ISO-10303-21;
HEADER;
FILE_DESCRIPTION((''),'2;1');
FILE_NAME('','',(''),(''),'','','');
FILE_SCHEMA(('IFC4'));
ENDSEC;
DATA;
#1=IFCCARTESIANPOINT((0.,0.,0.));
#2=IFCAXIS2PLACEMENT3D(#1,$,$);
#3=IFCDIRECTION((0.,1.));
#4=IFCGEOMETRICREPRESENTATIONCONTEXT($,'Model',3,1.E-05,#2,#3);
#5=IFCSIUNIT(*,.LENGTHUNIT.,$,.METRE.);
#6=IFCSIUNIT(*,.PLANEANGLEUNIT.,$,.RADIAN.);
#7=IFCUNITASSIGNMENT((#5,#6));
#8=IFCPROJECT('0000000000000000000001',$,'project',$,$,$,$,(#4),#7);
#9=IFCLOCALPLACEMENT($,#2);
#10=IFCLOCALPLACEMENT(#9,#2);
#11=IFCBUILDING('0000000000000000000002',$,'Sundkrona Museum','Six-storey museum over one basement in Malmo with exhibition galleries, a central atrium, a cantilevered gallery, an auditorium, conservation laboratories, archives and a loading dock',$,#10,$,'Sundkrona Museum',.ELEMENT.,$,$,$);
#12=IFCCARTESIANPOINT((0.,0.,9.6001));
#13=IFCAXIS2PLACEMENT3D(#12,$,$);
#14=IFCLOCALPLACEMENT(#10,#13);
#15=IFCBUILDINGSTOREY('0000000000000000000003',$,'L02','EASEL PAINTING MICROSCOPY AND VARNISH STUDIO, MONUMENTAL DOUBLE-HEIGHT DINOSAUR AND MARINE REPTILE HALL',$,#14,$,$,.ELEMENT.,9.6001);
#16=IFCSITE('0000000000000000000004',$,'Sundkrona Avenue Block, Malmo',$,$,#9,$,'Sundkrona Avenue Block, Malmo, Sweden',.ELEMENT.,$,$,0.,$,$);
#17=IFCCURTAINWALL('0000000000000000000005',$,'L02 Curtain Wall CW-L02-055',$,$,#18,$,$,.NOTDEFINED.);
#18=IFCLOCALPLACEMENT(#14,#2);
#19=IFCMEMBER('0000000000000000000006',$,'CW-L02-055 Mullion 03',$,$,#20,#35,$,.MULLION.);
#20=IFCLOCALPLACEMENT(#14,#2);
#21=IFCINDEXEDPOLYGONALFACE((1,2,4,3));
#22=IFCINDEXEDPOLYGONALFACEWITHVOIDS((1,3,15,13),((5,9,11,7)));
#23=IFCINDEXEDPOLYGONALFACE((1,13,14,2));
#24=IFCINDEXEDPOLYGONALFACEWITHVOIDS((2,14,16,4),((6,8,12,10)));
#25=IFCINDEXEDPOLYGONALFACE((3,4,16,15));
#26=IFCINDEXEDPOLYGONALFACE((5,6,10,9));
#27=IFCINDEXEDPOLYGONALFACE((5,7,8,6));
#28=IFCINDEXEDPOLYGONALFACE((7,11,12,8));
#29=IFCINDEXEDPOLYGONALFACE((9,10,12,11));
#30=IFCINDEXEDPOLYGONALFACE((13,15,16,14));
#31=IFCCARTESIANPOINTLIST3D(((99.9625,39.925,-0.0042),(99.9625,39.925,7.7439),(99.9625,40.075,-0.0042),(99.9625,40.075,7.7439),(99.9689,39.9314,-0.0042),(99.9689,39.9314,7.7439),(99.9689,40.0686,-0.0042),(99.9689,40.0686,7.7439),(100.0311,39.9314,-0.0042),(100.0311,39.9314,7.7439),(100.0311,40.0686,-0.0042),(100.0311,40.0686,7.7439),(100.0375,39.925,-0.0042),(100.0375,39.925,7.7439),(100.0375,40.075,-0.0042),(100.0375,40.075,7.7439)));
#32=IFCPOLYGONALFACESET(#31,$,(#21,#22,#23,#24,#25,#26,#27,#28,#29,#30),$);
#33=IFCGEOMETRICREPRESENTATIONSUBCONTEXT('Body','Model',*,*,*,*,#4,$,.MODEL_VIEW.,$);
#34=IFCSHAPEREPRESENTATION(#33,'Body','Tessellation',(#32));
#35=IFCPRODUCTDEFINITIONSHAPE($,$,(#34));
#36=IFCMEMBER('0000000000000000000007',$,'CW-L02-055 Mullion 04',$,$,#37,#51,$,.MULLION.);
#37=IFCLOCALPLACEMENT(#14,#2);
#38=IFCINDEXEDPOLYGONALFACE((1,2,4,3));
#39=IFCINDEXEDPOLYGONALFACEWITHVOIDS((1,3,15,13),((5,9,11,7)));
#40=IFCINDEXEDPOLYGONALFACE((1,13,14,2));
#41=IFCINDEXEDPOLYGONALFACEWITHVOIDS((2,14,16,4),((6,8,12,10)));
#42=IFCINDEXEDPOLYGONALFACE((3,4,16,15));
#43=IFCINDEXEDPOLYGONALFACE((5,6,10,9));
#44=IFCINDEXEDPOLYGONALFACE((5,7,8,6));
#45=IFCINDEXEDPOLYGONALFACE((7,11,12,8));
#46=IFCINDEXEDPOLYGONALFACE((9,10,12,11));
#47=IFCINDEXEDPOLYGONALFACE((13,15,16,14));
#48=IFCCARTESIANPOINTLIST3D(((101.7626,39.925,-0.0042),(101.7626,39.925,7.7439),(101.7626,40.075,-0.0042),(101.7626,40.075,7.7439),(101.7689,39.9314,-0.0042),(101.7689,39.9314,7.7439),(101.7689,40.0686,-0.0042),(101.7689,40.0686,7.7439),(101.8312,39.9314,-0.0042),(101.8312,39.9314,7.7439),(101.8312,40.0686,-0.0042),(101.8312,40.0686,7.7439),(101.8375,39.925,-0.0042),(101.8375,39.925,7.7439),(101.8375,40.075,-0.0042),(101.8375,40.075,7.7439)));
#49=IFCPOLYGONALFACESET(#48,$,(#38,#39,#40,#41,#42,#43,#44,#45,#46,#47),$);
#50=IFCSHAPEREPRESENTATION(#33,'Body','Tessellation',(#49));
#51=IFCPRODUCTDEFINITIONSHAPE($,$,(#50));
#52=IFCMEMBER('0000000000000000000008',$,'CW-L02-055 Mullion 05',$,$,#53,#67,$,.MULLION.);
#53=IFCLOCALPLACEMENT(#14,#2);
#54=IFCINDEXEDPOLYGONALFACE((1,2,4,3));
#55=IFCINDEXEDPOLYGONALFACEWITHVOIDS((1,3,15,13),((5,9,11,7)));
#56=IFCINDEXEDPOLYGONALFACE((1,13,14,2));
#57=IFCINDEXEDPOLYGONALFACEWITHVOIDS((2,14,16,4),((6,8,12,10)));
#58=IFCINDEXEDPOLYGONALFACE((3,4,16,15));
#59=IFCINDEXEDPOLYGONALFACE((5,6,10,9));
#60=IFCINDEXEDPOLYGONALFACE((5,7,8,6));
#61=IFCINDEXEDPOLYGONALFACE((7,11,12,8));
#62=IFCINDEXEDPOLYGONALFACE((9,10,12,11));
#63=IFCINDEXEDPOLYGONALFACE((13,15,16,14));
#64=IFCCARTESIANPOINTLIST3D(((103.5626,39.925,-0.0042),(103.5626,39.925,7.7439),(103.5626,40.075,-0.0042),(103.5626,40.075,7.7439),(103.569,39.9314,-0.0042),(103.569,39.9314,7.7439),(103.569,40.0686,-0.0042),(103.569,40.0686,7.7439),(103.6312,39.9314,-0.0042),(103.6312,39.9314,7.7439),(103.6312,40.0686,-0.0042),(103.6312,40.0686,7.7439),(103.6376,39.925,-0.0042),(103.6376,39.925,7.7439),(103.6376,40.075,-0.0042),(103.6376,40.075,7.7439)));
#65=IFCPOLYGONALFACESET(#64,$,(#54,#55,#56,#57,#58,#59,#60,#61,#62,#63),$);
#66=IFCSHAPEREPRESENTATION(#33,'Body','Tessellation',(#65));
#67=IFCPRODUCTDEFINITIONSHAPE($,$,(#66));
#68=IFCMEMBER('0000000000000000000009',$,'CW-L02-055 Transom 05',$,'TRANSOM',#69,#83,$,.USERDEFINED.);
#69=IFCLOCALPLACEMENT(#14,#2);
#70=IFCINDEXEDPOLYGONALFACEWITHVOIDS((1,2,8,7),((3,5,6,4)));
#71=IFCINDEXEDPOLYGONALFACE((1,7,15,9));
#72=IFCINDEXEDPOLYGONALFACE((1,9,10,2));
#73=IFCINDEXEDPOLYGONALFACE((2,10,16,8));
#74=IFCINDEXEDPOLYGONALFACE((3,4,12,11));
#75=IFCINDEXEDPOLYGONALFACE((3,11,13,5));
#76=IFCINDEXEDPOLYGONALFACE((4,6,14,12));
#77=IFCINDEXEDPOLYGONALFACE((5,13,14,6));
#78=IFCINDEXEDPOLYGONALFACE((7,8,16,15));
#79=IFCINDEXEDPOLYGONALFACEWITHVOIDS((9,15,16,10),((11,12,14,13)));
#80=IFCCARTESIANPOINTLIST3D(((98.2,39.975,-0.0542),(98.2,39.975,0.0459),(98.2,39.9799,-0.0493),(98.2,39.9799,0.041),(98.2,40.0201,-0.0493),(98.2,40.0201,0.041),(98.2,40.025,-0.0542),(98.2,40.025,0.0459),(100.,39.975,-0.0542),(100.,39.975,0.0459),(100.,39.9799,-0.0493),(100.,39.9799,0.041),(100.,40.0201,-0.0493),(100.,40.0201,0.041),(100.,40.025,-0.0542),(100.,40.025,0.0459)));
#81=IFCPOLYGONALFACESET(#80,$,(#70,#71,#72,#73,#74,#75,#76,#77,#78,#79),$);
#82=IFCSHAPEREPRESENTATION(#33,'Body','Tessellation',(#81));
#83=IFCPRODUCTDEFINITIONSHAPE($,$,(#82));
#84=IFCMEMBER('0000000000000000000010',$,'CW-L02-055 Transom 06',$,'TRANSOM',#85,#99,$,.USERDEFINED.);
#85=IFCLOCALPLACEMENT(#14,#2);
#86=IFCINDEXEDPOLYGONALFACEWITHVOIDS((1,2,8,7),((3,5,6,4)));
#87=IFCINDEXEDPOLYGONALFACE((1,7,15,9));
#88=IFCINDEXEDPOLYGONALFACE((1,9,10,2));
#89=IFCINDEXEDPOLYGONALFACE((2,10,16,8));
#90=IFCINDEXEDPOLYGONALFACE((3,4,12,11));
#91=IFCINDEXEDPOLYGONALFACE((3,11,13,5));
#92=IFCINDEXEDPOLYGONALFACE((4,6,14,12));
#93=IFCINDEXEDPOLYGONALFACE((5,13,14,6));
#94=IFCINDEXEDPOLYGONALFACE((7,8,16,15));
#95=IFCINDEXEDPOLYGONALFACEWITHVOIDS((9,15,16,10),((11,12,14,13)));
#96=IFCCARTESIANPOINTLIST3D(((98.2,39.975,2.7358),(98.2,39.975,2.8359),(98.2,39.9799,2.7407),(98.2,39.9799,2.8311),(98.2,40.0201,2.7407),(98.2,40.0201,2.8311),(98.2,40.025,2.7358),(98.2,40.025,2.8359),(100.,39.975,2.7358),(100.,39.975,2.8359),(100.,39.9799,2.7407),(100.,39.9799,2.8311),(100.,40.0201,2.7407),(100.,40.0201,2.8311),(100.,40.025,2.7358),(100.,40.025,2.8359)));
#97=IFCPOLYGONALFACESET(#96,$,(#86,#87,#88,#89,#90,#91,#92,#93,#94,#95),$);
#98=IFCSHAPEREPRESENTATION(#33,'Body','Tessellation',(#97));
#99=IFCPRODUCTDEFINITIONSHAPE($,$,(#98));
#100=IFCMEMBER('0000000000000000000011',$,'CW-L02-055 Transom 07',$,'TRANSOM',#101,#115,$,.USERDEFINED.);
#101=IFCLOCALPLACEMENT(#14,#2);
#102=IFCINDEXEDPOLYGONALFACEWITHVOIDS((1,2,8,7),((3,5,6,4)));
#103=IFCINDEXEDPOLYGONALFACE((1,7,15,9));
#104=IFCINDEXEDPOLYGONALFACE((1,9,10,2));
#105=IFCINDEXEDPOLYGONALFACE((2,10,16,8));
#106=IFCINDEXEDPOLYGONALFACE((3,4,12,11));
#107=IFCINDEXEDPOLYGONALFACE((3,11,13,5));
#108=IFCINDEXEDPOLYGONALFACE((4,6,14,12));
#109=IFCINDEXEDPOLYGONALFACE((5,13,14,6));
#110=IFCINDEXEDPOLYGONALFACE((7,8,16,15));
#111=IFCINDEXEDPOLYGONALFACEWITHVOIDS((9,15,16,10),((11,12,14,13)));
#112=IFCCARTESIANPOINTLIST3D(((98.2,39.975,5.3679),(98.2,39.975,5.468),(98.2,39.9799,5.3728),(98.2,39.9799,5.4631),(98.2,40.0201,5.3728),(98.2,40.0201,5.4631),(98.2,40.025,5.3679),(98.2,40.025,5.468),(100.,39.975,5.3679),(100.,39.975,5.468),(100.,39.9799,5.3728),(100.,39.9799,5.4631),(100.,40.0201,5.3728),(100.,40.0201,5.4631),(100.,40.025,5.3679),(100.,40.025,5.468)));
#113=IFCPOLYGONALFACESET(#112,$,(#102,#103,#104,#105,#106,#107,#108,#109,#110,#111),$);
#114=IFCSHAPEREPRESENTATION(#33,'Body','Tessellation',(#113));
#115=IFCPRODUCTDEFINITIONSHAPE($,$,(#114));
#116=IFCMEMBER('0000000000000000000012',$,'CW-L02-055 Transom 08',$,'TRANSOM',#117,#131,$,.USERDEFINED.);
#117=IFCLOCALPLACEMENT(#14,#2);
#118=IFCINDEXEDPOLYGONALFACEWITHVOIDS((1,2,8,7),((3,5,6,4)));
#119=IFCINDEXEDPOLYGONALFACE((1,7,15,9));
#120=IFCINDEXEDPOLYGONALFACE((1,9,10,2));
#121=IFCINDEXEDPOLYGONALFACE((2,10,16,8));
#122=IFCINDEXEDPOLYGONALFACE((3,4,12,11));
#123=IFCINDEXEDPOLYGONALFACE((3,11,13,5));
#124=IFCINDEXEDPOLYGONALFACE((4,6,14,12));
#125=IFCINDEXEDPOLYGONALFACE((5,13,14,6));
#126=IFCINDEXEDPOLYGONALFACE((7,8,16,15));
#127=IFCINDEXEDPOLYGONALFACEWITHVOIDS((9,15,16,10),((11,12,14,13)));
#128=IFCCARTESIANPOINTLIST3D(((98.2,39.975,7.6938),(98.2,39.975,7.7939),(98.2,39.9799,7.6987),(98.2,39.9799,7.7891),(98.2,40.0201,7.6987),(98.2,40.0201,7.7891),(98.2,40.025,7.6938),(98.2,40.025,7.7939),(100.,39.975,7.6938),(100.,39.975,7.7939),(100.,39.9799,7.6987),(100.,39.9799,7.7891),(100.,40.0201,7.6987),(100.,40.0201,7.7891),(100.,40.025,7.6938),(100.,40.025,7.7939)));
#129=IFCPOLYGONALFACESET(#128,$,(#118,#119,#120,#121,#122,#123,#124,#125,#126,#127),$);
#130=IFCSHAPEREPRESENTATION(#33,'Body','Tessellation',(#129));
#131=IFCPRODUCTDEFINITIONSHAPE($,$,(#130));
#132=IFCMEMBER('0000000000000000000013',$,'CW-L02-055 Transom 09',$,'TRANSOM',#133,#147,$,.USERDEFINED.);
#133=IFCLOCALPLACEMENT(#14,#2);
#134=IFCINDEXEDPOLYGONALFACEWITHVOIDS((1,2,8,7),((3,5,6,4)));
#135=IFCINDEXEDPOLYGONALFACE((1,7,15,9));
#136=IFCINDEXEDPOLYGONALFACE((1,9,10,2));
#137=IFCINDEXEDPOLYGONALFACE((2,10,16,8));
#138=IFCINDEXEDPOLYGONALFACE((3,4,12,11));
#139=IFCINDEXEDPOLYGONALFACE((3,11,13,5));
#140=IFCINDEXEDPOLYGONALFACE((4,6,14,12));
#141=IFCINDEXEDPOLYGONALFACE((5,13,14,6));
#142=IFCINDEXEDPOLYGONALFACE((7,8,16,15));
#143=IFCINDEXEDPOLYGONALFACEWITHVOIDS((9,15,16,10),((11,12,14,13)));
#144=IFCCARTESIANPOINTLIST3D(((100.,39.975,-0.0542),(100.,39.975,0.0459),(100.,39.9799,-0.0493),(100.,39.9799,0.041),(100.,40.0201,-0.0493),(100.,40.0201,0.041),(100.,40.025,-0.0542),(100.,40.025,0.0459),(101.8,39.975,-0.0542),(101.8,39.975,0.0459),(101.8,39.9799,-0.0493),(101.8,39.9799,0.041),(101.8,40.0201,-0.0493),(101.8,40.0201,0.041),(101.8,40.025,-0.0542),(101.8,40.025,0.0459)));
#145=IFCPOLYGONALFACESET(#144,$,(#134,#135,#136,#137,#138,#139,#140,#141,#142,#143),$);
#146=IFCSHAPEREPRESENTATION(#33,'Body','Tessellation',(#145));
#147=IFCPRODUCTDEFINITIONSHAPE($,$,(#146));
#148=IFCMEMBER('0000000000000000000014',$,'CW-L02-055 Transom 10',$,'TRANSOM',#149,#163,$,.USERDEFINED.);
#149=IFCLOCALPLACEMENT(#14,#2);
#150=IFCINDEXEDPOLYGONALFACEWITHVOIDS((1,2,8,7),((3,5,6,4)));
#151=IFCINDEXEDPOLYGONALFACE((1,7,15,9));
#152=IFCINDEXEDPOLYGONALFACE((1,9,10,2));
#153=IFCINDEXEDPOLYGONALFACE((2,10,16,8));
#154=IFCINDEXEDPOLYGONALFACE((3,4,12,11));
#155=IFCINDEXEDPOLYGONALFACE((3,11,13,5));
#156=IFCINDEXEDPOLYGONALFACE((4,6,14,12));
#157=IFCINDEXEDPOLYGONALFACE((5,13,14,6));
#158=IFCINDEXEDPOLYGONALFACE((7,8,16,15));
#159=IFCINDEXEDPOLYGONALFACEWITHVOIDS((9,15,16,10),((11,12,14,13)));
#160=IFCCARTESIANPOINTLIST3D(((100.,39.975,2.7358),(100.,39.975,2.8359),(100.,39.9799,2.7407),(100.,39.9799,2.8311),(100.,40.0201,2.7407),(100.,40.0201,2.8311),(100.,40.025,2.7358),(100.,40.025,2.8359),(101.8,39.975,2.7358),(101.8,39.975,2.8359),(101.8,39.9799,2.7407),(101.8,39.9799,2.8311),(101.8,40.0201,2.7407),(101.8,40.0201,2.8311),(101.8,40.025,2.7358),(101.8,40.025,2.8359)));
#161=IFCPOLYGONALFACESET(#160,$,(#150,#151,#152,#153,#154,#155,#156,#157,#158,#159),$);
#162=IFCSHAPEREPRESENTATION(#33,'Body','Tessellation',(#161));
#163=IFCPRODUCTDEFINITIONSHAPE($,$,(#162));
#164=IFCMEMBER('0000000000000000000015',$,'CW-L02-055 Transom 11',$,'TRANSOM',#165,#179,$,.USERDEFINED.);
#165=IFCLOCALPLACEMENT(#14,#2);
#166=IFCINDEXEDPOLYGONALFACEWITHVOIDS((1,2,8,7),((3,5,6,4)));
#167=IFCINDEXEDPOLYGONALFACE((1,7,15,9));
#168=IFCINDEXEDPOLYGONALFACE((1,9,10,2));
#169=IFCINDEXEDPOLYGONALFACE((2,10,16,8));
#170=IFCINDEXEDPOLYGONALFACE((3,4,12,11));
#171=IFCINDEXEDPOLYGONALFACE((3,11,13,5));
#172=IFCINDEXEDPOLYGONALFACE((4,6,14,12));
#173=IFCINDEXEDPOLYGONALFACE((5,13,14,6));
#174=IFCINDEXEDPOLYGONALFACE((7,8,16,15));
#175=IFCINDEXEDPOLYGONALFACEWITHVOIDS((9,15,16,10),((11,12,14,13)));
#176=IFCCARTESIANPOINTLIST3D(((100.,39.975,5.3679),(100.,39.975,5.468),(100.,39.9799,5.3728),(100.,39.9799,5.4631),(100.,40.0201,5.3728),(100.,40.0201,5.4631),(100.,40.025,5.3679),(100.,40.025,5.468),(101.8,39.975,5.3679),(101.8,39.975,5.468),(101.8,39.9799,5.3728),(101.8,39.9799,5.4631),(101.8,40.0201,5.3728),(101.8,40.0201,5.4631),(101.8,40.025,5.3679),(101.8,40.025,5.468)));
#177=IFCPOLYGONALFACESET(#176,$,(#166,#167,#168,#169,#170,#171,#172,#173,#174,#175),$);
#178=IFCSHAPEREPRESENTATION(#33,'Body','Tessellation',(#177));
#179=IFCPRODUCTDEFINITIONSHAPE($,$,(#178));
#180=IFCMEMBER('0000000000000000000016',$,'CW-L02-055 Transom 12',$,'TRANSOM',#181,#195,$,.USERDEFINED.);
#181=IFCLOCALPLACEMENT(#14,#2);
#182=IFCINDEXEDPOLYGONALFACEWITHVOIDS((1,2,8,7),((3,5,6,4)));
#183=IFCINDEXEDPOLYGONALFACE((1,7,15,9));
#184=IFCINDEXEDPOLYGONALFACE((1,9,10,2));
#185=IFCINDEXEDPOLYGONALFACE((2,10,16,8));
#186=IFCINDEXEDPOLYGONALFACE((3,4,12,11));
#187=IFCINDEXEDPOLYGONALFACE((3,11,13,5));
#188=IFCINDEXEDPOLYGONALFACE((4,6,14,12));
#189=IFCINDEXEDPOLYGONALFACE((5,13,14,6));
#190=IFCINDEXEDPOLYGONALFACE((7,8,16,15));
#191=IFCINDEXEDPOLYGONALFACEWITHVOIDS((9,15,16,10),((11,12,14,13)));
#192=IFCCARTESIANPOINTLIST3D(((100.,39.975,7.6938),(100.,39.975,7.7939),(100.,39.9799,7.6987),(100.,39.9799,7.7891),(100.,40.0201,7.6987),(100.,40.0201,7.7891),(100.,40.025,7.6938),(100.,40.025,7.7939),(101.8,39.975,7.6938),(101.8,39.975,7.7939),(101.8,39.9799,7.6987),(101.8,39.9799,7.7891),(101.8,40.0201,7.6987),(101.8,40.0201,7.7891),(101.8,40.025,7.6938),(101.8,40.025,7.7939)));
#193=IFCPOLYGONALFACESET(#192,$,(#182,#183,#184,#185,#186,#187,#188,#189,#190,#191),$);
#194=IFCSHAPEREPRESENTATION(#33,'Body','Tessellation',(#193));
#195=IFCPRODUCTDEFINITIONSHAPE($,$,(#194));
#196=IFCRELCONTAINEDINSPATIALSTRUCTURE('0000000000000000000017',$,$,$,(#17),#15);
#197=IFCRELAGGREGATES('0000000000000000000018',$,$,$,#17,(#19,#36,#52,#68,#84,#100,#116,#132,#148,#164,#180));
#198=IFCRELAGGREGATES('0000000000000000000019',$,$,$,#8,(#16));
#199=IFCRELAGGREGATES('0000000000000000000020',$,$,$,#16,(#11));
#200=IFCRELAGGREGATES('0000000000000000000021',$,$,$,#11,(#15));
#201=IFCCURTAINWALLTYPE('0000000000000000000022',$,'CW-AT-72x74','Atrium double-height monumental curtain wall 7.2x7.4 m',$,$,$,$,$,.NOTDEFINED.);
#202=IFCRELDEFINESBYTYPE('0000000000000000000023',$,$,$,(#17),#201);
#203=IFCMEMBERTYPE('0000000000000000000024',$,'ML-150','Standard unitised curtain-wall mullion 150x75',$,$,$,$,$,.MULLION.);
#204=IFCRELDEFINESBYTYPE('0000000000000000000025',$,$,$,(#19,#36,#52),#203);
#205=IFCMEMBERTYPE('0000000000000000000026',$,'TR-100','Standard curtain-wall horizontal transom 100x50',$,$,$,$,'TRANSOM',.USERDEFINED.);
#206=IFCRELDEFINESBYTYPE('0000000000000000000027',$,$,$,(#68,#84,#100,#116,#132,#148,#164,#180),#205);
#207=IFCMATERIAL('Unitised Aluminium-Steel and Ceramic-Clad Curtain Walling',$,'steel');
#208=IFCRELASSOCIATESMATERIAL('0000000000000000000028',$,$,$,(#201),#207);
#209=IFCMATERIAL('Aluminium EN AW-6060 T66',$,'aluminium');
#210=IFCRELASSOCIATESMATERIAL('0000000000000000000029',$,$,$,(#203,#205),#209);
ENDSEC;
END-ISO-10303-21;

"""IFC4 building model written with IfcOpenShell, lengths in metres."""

from ifc_helpers import new_model, si_unit, direction, frame, origin, origin_2d, place, context, subcontext, project, spatial, hollow_rectangle, extrude, material, material_profile, profile_set, type_object, element, aggregate, save


model = new_model("IFC4")

# Units and contexts
model_context = context("Model", 3, precision=1e-05, world=origin(), true_north=direction((0.0, 1.0)))
body_context = subcontext(model_context, "Body", "Model", "MODEL_VIEW")
ifc_project = project(units=[si_unit("LENGTHUNIT", "METRE"), si_unit("PLANEANGLEUNIT", "RADIAN")], contexts=[model_context])

# Site, building, storey
site_placement = place(None, origin())
site = spatial("IfcSite", under=ifc_project, at=site_placement, Name="Sundkrona Avenue Block, Malmo", LongName="Sundkrona Avenue Block, Malmo, Sweden", CompositionType="ELEMENT", RefElevation=0.0)
building_placement = place(site_placement, origin())
building = spatial("IfcBuilding", under=site, at=building_placement, Name="Sundkrona Museum", Description="Six-storey museum over one basement in Malmo with exhibition galleries, a central atrium, a cantilevered gallery, an auditorium, conservation laboratories, archives and a loading dock", LongName="Sundkrona Museum", CompositionType="ELEMENT")
storey_placement = place(building_placement, frame((0.0, 0.0, 9.6001)))
storey = spatial("IfcBuildingStorey", under=building, at=storey_placement, Name="L02", Description="EASEL PAINTING MICROSCOPY AND VARNISH STUDIO, MONUMENTAL DOUBLE-HEIGHT DINOSAUR AND MARINE REPTILE HALL", CompositionType="ELEMENT", Elevation=9.6001)

# Curtain wall, members
ifc_material_1 = material(Name="Unitised Aluminium-Steel and Ceramic-Clad Curtain Walling", Category="steel")
curtain_wall_type = type_object("IfcCurtainWallType", Name="CW-AT-72x74", Description="Atrium double-height monumental curtain wall 7.2x7.4 m", PredefinedType="NOTDEFINED", material=ifc_material_1)
curtain_wall_placement = place(storey_placement, origin())
curtain_wall = element("IfcCurtainWall", 1, at=curtain_wall_placement, inside=storey, type_object=curtain_wall_type, Name="L02 Curtain Wall CW-L02-055", PredefinedType="NOTDEFINED")
ifc_material_2 = material(Name="Aluminium EN AW-6060 T66", Category="aluminium")
ifc_material_profile_1 = material_profile(ifc_material_2, hollow_rectangle(XDim=0.075, YDim=0.1499, WallThickness=0.0063, at=origin_2d()), Name="RHS 150x75x6.3")
ifc_profile_set_1 = profile_set([ifc_material_profile_1], Name="Aluminium EN AW-6060 T66")
member_type_1 = type_object("IfcMemberType", Name="ML-150", Description="Standard unitised curtain-wall mullion 150x75", PredefinedType="MULLION", material=ifc_profile_set_1)
member_1_placement = place(storey_placement, frame((100.0, 40.0, -0.0042), z_axis=(0.0, 0.0, 1.0), x_axis=(1.0, 0.0, 0.0)))
member_1 = element("IfcMember", 2, at=member_1_placement, type_object=member_type_1, Name="CW-L02-055 Mullion 03", PredefinedType="MULLION", context=body_context, shape_type="SweptSolid", body=[
    extrude(hollow_rectangle(XDim=0.075, YDim=0.1499, WallThickness=0.0063, at=origin_2d()), origin(), (0.0, 0.0, 1.0), 7.748),
])
member_2_placement = place(storey_placement, frame((101.8, 40.0, -0.0042), z_axis=(0.0, 0.0, 1.0), x_axis=(1.0, 0.0, 0.0)))
member_2 = element("IfcMember", 3, at=member_2_placement, type_object=member_type_1, Name="CW-L02-055 Mullion 04", PredefinedType="MULLION", context=body_context, shape_type="SweptSolid", body=[
    extrude(hollow_rectangle(XDim=0.075, YDim=0.1499, WallThickness=0.0063, at=origin_2d()), origin(), (0.0, 0.0, 1.0), 7.748),
])
member_3_placement = place(storey_placement, frame((103.6001, 40.0, -0.0042), z_axis=(0.0, 0.0, 1.0), x_axis=(1.0, 0.0, 0.0)))
member_3 = element("IfcMember", 4, at=member_3_placement, type_object=member_type_1, Name="CW-L02-055 Mullion 05", PredefinedType="MULLION", context=body_context, shape_type="SweptSolid", body=[
    extrude(hollow_rectangle(XDim=0.075, YDim=0.1499, WallThickness=0.0063, at=origin_2d()), origin(), (0.0, 0.0, 1.0), 7.748),
])
ifc_material_profile_2 = material_profile(ifc_material_2, hollow_rectangle(XDim=0.05, YDim=0.1001, WallThickness=0.0049, at=origin_2d()), Name="RHS 100x50x5.0")
ifc_profile_set_2 = profile_set([ifc_material_profile_2], Name="Aluminium EN AW-6060 T66")
member_type_2 = type_object("IfcMemberType", Name="TR-100", Description="Standard curtain-wall horizontal transom 100x50", ElementType="TRANSOM", PredefinedType="USERDEFINED", material=ifc_profile_set_2)
member_4_placement = place(storey_placement, frame((98.2, 40.0, -0.0042), z_axis=(1.0, 0.0, 0.0), x_axis=(0.0, 1.0, 0.0)))
member_4 = element("IfcMember", 5, at=member_4_placement, type_object=member_type_2, Name="CW-L02-055 Transom 05", ObjectType="TRANSOM", PredefinedType="USERDEFINED", context=body_context, shape_type="SweptSolid", body=[
    extrude(hollow_rectangle(XDim=0.05, YDim=0.1001, WallThickness=0.0049, at=origin_2d()), origin(), (0.0, 0.0, 1.0), 1.8),
])
member_5_placement = place(storey_placement, frame((98.2, 40.0, 2.7859), z_axis=(1.0, 0.0, 0.0), x_axis=(0.0, 1.0, 0.0)))
member_5 = element("IfcMember", 6, at=member_5_placement, type_object=member_type_2, Name="CW-L02-055 Transom 06", ObjectType="TRANSOM", PredefinedType="USERDEFINED", context=body_context, shape_type="SweptSolid", body=[
    extrude(hollow_rectangle(XDim=0.05, YDim=0.1001, WallThickness=0.0049, at=origin_2d()), origin(), (0.0, 0.0, 1.0), 1.8),
])
member_6_placement = place(storey_placement, frame((98.2, 40.0, 5.418), z_axis=(1.0, 0.0, 0.0), x_axis=(0.0, 1.0, 0.0)))
member_6 = element("IfcMember", 7, at=member_6_placement, type_object=member_type_2, Name="CW-L02-055 Transom 07", ObjectType="TRANSOM", PredefinedType="USERDEFINED", context=body_context, shape_type="SweptSolid", body=[
    extrude(hollow_rectangle(XDim=0.05, YDim=0.1001, WallThickness=0.0049, at=origin_2d()), origin(), (0.0, 0.0, 1.0), 1.8),
])
member_7_placement = place(storey_placement, frame((98.2, 40.0, 7.7439), z_axis=(1.0, 0.0, 0.0), x_axis=(0.0, 1.0, 0.0)))
member_7 = element("IfcMember", 8, at=member_7_placement, type_object=member_type_2, Name="CW-L02-055 Transom 08", ObjectType="TRANSOM", PredefinedType="USERDEFINED", context=body_context, shape_type="SweptSolid", body=[
    extrude(hollow_rectangle(XDim=0.05, YDim=0.1001, WallThickness=0.0049, at=origin_2d()), origin(), (0.0, 0.0, 1.0), 1.8),
])
member_8_placement = place(storey_placement, frame((100.0, 40.0, -0.0042), z_axis=(1.0, 0.0, 0.0), x_axis=(0.0, 1.0, 0.0)))
member_8 = element("IfcMember", 9, at=member_8_placement, type_object=member_type_2, Name="CW-L02-055 Transom 09", ObjectType="TRANSOM", PredefinedType="USERDEFINED", context=body_context, shape_type="SweptSolid", body=[
    extrude(hollow_rectangle(XDim=0.05, YDim=0.1001, WallThickness=0.0049, at=origin_2d()), origin(), (0.0, 0.0, 1.0), 1.8),
])
member_9_placement = place(storey_placement, frame((100.0, 40.0, 2.7859), z_axis=(1.0, 0.0, 0.0), x_axis=(0.0, 1.0, 0.0)))
member_9 = element("IfcMember", 10, at=member_9_placement, type_object=member_type_2, Name="CW-L02-055 Transom 10", ObjectType="TRANSOM", PredefinedType="USERDEFINED", context=body_context, shape_type="SweptSolid", body=[
    extrude(hollow_rectangle(XDim=0.05, YDim=0.1001, WallThickness=0.0049, at=origin_2d()), origin(), (0.0, 0.0, 1.0), 1.8),
])
member_10_placement = place(storey_placement, frame((100.0, 40.0, 5.418), z_axis=(1.0, 0.0, 0.0), x_axis=(0.0, 1.0, 0.0)))
member_10 = element("IfcMember", 11, at=member_10_placement, type_object=member_type_2, Name="CW-L02-055 Transom 11", ObjectType="TRANSOM", PredefinedType="USERDEFINED", context=body_context, shape_type="SweptSolid", body=[
    extrude(hollow_rectangle(XDim=0.05, YDim=0.1001, WallThickness=0.0049, at=origin_2d()), origin(), (0.0, 0.0, 1.0), 1.8),
])
member_11_placement = place(storey_placement, frame((100.0, 40.0, 7.7439), z_axis=(1.0, 0.0, 0.0), x_axis=(0.0, 1.0, 0.0)))
member_11 = element("IfcMember", 12, at=member_11_placement, type_object=member_type_2, Name="CW-L02-055 Transom 12", ObjectType="TRANSOM", PredefinedType="USERDEFINED", context=body_context, shape_type="SweptSolid", body=[
    extrude(hollow_rectangle(XDim=0.05, YDim=0.1001, WallThickness=0.0049, at=origin_2d()), origin(), (0.0, 0.0, 1.0), 1.8),
])
aggregate(curtain_wall, [member_1, member_2, member_3, member_4, member_5, member_6, member_7, member_8, member_9, member_10, member_11])

save(model, "model.ifc")
